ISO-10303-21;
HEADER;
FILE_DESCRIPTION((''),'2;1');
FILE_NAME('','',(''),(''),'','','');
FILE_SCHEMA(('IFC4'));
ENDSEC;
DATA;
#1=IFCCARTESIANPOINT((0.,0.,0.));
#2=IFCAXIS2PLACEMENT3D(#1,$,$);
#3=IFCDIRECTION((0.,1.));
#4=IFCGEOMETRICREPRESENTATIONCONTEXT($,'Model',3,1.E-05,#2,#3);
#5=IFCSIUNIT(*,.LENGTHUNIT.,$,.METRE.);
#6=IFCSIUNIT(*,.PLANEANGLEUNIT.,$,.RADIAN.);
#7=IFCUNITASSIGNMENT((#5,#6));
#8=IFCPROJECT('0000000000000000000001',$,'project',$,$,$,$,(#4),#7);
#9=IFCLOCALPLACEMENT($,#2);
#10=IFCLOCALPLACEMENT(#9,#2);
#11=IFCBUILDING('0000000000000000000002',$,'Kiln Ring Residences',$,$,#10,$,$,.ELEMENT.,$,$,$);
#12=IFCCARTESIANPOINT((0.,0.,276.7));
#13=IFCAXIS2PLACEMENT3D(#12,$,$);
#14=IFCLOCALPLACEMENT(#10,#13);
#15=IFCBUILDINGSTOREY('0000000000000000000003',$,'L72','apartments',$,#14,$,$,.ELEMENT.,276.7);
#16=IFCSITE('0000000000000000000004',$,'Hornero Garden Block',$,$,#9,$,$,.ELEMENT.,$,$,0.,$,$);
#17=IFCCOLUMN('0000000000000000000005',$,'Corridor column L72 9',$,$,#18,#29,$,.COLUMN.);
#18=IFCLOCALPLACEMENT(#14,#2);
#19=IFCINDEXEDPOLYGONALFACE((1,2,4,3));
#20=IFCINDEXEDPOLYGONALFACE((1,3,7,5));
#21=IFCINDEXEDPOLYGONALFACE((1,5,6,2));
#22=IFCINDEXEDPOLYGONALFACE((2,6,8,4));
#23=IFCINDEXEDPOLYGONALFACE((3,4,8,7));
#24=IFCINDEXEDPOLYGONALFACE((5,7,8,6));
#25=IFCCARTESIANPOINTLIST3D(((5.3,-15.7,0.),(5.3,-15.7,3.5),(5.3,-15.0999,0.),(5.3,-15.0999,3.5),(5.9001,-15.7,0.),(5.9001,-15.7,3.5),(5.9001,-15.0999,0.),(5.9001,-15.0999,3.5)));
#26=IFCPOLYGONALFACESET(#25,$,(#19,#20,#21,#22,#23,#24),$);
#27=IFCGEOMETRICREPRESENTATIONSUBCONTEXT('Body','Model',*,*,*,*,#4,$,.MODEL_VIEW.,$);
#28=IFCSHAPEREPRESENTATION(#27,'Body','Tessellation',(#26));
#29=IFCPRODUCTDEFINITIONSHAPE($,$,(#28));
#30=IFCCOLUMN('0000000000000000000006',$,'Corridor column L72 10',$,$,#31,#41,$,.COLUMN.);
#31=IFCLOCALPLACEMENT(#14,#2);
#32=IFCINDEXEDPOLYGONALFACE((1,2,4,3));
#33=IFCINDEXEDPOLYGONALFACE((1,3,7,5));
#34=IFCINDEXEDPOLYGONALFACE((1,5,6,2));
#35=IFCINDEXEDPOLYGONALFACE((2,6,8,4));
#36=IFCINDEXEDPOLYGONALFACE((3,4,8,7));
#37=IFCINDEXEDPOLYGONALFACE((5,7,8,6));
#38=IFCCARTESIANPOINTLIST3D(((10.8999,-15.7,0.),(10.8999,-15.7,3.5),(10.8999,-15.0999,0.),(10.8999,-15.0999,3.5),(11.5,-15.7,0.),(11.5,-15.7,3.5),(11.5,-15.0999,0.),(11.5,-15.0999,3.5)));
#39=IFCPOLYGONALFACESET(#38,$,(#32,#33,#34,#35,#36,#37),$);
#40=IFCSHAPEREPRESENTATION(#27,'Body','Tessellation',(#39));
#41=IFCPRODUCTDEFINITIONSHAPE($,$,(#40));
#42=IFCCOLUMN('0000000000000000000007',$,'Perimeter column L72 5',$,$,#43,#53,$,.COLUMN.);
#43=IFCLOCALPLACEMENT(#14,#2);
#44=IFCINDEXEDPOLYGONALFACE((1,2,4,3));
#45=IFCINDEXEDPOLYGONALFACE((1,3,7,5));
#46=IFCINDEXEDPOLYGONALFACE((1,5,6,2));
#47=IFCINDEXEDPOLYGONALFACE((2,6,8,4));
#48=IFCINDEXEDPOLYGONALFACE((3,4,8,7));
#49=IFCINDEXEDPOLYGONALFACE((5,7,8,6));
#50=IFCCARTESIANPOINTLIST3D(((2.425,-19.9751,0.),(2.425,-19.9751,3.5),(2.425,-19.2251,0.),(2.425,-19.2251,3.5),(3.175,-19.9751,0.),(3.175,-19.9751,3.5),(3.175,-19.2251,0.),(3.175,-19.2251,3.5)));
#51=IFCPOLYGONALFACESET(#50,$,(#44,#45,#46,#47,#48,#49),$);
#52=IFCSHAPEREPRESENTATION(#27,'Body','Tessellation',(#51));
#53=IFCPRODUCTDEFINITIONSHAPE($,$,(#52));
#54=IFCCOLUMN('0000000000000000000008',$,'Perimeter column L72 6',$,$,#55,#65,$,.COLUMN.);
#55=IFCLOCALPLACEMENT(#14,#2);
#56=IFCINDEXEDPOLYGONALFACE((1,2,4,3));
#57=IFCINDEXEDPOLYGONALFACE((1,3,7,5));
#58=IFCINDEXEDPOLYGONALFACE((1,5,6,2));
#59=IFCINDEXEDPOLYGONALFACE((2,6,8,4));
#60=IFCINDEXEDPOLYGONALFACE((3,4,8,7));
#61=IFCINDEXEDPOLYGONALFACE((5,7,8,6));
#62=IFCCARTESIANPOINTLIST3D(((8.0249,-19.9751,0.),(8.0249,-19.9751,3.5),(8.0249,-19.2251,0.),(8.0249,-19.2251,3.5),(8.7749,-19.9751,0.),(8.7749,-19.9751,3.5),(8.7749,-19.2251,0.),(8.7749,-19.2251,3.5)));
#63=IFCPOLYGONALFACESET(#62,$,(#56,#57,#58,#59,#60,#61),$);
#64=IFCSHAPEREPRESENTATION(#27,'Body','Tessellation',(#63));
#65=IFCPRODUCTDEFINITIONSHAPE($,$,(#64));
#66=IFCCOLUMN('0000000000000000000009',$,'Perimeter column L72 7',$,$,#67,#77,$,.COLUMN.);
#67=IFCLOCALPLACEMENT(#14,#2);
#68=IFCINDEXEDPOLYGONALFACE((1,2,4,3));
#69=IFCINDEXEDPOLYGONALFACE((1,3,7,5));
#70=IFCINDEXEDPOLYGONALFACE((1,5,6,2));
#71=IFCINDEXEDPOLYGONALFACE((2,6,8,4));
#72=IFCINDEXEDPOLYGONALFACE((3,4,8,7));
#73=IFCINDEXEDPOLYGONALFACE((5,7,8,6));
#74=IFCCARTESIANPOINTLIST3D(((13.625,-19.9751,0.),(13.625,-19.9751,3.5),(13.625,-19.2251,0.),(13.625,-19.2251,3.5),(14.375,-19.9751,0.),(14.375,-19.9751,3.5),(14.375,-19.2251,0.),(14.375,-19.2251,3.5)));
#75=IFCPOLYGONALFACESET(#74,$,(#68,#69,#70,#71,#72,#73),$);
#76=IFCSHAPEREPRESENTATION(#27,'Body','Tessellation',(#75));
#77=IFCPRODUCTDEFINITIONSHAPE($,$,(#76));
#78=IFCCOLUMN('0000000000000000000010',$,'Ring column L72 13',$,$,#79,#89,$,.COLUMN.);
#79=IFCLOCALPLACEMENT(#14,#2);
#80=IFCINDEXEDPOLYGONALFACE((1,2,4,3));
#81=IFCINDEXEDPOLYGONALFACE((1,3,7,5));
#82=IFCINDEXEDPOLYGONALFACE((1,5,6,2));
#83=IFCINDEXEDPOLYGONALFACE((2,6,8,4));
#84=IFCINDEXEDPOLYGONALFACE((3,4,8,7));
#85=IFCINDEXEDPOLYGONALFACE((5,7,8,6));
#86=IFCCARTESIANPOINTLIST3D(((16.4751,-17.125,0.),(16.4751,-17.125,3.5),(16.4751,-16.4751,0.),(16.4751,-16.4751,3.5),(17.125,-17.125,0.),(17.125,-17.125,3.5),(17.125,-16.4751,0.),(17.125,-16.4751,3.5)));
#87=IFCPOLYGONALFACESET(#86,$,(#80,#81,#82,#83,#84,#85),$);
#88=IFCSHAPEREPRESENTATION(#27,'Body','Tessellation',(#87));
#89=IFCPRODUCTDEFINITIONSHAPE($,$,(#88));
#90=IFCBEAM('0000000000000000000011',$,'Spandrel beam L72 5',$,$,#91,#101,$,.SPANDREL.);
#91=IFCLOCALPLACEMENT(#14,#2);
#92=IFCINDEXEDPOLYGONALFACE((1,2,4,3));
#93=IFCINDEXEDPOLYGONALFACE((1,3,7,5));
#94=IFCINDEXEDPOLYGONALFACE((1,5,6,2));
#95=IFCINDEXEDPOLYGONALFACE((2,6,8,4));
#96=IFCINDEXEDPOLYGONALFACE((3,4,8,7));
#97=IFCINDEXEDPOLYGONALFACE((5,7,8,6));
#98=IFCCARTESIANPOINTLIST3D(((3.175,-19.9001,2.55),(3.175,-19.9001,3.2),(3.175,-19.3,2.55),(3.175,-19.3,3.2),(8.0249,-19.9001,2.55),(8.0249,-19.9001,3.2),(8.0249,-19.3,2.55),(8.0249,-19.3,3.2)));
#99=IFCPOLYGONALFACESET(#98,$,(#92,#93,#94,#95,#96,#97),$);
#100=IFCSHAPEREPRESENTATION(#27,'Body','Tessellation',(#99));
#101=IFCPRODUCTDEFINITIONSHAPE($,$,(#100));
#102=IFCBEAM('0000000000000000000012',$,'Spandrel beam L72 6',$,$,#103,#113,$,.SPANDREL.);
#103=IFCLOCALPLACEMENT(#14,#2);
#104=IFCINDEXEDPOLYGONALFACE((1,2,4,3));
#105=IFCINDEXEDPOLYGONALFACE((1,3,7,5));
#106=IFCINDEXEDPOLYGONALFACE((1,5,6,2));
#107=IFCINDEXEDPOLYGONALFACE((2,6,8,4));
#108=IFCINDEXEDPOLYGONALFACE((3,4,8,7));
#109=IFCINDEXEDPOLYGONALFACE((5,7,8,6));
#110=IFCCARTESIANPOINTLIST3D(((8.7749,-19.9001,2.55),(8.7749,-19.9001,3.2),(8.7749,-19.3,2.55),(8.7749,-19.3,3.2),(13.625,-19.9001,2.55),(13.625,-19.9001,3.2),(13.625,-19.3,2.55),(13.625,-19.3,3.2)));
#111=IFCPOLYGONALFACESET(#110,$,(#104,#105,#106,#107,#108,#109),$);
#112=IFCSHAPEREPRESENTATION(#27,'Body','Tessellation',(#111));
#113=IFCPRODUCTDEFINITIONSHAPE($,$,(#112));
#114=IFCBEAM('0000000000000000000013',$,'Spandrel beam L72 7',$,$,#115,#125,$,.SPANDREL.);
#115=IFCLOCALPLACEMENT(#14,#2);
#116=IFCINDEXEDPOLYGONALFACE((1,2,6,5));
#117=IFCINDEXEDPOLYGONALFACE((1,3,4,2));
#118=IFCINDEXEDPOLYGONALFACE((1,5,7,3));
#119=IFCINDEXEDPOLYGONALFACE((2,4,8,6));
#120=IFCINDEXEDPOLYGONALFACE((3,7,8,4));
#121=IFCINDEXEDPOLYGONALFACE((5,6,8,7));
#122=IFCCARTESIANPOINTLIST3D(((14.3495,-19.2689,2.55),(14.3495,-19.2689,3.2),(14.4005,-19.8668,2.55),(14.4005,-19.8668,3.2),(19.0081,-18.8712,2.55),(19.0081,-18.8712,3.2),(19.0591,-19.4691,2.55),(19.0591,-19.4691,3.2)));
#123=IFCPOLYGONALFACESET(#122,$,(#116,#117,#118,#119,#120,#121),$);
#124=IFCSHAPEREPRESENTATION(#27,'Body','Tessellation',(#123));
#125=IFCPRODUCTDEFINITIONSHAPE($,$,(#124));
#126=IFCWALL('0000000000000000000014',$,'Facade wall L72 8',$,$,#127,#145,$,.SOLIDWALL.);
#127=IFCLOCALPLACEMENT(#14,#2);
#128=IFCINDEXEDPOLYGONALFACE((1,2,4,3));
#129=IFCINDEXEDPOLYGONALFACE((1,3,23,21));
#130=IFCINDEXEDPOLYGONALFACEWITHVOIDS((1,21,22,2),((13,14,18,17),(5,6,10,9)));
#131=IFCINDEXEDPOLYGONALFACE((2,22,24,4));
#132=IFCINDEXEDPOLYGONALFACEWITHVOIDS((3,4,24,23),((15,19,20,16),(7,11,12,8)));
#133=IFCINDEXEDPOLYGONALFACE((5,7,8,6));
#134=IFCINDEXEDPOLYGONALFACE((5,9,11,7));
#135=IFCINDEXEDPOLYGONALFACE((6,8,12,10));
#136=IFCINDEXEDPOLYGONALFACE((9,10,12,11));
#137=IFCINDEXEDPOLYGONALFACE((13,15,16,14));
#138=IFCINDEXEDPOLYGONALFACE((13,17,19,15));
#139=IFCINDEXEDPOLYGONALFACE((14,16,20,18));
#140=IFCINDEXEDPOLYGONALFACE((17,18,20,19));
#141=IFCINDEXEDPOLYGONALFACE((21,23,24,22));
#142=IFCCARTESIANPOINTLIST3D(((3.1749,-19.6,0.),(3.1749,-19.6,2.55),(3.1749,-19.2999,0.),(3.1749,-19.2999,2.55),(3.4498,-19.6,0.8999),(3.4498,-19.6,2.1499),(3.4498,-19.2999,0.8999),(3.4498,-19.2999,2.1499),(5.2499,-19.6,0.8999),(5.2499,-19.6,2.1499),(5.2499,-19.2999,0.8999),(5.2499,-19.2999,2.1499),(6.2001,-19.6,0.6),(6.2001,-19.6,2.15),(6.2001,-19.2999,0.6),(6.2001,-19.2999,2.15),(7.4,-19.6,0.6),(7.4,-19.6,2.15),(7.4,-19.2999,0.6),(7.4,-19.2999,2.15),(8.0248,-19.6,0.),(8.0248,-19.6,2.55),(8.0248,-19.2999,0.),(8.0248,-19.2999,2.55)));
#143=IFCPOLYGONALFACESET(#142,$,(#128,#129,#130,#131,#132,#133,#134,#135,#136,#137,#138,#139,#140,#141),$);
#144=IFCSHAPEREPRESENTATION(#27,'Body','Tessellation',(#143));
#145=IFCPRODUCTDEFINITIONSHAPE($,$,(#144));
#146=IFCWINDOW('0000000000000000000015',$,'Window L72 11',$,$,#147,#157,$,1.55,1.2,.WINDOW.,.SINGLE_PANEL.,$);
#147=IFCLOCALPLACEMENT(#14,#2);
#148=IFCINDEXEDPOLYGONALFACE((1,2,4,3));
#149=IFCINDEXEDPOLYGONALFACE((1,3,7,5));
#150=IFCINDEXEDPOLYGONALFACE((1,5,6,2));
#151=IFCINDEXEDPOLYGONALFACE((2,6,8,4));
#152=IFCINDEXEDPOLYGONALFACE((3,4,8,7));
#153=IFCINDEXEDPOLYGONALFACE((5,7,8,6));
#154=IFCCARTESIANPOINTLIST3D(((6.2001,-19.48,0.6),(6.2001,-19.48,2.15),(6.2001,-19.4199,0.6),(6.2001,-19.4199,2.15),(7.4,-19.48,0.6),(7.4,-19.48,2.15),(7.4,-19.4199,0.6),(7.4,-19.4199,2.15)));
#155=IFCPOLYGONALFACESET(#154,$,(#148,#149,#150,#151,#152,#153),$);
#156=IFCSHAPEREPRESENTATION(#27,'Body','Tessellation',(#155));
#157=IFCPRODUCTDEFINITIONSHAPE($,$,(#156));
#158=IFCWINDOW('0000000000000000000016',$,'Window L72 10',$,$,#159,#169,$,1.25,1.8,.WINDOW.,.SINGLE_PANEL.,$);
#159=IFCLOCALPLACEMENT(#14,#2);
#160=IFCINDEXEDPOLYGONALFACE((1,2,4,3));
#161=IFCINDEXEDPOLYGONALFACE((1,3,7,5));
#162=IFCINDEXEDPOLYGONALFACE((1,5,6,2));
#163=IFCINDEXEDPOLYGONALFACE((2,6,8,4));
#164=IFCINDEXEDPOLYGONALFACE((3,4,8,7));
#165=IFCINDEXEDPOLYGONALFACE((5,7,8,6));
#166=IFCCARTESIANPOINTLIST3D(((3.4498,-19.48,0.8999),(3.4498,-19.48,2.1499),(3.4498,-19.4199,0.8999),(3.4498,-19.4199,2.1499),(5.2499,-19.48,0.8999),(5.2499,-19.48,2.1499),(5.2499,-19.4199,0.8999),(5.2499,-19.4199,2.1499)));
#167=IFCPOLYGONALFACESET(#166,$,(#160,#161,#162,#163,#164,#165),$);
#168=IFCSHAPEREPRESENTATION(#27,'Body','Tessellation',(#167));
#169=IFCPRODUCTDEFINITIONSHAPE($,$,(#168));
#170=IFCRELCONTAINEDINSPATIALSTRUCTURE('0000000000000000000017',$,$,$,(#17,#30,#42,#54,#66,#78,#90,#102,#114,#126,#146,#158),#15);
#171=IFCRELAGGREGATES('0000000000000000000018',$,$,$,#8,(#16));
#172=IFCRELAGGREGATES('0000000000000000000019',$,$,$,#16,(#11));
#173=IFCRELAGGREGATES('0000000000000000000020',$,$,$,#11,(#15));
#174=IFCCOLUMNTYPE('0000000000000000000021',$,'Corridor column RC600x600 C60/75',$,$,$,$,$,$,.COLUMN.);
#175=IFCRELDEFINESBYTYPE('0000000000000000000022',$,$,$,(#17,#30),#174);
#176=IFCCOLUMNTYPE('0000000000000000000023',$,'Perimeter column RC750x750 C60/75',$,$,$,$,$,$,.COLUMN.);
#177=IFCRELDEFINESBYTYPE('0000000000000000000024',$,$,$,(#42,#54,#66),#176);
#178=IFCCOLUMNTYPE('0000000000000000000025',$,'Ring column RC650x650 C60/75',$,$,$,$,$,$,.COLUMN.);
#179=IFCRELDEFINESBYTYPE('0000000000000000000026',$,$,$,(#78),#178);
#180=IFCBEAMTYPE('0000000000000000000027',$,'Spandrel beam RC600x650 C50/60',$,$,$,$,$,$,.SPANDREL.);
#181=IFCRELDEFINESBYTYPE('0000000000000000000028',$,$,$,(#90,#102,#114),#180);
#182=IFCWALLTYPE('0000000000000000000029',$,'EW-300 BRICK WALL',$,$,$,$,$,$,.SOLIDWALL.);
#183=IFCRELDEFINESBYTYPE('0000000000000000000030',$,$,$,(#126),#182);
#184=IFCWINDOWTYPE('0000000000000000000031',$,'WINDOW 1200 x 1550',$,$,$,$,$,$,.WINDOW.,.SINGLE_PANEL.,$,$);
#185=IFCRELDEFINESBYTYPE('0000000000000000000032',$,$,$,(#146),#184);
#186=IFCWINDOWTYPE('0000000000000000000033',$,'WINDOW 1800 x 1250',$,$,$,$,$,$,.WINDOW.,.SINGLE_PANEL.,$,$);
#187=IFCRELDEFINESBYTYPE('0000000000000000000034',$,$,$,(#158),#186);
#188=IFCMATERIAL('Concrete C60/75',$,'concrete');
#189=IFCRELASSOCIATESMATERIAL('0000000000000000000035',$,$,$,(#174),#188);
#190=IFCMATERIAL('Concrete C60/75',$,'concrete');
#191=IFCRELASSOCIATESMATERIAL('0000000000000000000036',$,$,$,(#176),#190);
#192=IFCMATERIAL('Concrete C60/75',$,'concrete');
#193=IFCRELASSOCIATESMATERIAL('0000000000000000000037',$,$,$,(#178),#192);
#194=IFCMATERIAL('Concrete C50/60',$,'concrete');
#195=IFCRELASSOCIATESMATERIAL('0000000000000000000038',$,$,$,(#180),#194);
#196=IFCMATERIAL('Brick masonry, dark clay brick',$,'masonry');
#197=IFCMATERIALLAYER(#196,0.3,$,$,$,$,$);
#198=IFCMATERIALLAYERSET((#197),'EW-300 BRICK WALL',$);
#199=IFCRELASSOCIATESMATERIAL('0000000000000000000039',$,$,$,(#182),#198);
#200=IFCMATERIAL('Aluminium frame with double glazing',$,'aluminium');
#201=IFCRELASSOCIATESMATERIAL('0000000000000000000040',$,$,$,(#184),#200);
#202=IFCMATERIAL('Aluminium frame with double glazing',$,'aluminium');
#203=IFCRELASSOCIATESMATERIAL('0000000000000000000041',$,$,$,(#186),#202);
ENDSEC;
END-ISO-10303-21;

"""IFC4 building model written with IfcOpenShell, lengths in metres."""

from ifc_helpers import new_model, si_unit, direction, frame, frame_2d, origin, origin_2d, place, context, subcontext, project, spatial, rectangle, extrude, material, layer, layer_set, material_profile, profile_set, type_object, element, fill, save


model = new_model("IFC4")

# Units and contexts
model_context = context("Model", 3, precision=1e-05, world=origin(), true_north=direction((0.0, 1.0)))
body_context = subcontext(model_context, "Body", "Model", "MODEL_VIEW")
ifc_project = project(units=[si_unit("LENGTHUNIT", "METRE"), si_unit("PLANEANGLEUNIT", "RADIAN")], contexts=[model_context])

# Site, building, storey
site_placement = place(None, origin())
site = spatial("IfcSite", under=ifc_project, at=site_placement, Name="Hornero Garden Block", CompositionType="ELEMENT", RefElevation=0.0)
building_placement = place(site_placement, origin())
building = spatial("IfcBuilding", under=site, at=building_placement, Name="Kiln Ring Residences", CompositionType="ELEMENT")
storey_placement = place(building_placement, frame((0.0, 0.0, 276.7)))
storey = spatial("IfcBuildingStorey", under=building, at=storey_placement, Name="L72", Description="apartments", CompositionType="ELEMENT", Elevation=276.7)

# Columns
ifc_material_1 = material(Name="Concrete C60/75", Category="concrete")
ifc_material_profile_1 = material_profile(ifc_material_1, rectangle(XDim=0.6001, YDim=0.6001, at=origin_2d()), Name="RC600x600")
ifc_profile_set_1 = profile_set([ifc_material_profile_1], Name="Concrete C60/75")
column_type_1 = type_object("IfcColumnType", Name="Corridor column RC600x600 C60/75", PredefinedType="COLUMN", material=ifc_profile_set_1)
for number, where, z_axis, x_axis, name in (
    (1, (5.6001, -15.3999, 0.0), (0.0, 0.0, 1.0), (1.0, 0.0, 0.0), "Corridor column L72 9"),
    (2, (11.2, -15.3999, 0.0), (0.0, 0.0, 1.0), (1.0, 0.0, 0.0), "Corridor column L72 10"),
):
    element("IfcColumn", number, at=place(storey_placement, frame(where, z_axis=z_axis, x_axis=x_axis)), inside=storey, type_object=column_type_1, Name=name, PredefinedType="COLUMN", context=body_context, shape_type="SweptSolid", body=[
        extrude(rectangle(XDim=0.6001, YDim=0.6001, at=origin_2d()), origin(), (0.0, 0.0, 1.0), 3.5),
    ])
ifc_material_2 = material(Name="Concrete C60/75", Category="concrete")
ifc_material_profile_2 = material_profile(ifc_material_2, rectangle(XDim=0.75, YDim=0.75, at=origin_2d()), Name="RC750x750")
ifc_profile_set_2 = profile_set([ifc_material_profile_2], Name="Concrete C60/75")
column_type_2 = type_object("IfcColumnType", Name="Perimeter column RC750x750 C60/75", PredefinedType="COLUMN", material=ifc_profile_set_2)
for number, where, z_axis, x_axis, name in (
    (3, (2.8, -19.6001, 0.0), (0.0, 0.0, 1.0), (1.0, 0.0, 0.0), "Perimeter column L72 5"),
    (4, (8.3999, -19.6001, 0.0), (0.0, 0.0, 1.0), (1.0, 0.0, 0.0), "Perimeter column L72 6"),
    (5, (14.0, -19.6001, 0.0), (0.0, 0.0, 1.0), (1.0, 0.0, 0.0), "Perimeter column L72 7"),
):
    element("IfcColumn", number, at=place(storey_placement, frame(where, z_axis=z_axis, x_axis=x_axis)), inside=storey, type_object=column_type_2, Name=name, PredefinedType="COLUMN", context=body_context, shape_type="SweptSolid", body=[
        extrude(rectangle(XDim=0.75, YDim=0.75, at=origin_2d()), origin(), (0.0, 0.0, 1.0), 3.5),
    ])
ifc_material_3 = material(Name="Concrete C60/75", Category="concrete")
ifc_material_profile_3 = material_profile(ifc_material_3, rectangle(XDim=0.6499, YDim=0.6499, at=origin_2d()), Name="RC650x650")
ifc_profile_set_3 = profile_set([ifc_material_profile_3], Name="Concrete C60/75")
column_type_3 = type_object("IfcColumnType", Name="Ring column RC650x650 C60/75", PredefinedType="COLUMN", material=ifc_profile_set_3)
column_placement = place(storey_placement, frame((16.8, -16.8, 0.0), z_axis=(0.0, 0.0, 1.0), x_axis=(1.0, 0.0, 0.0)))
element("IfcColumn", 6, at=column_placement, inside=storey, type_object=column_type_3, Name="Ring column L72 13", PredefinedType="COLUMN", context=body_context, shape_type="SweptSolid", body=[
    extrude(rectangle(XDim=0.6499, YDim=0.6499, at=origin_2d()), origin(), (0.0, 0.0, 1.0), 3.5),
])

# Beams
ifc_material_4 = material(Name="Concrete C50/60", Category="concrete")
ifc_material_profile_4 = material_profile(ifc_material_4, rectangle(XDim=0.6001, YDim=0.6499, at=origin_2d()), Name="RC600x650")
ifc_profile_set_4 = profile_set([ifc_material_profile_4], Name="Concrete C50/60")
beam_type = type_object("IfcBeamType", Name="Spandrel beam RC600x650 C50/60", PredefinedType="SPANDREL", material=ifc_profile_set_4)
beam_1_placement = place(storey_placement, frame((3.175, -19.6001, 2.875), z_axis=(1.0, 0.0, 0.0), x_axis=(0.0, 1.0, 0.0)))
element("IfcBeam", 7, at=beam_1_placement, inside=storey, type_object=beam_type, Name="Spandrel beam L72 5", PredefinedType="SPANDREL", context=body_context, shape_type="SweptSolid", body=[
    extrude(rectangle(XDim=0.6001, YDim=0.6499, at=origin_2d()), origin(), (0.0, 0.0, 1.0), 4.8499),
])
beam_2_placement = place(storey_placement, frame((8.7749, -19.6001, 2.875), z_axis=(1.0, 0.0, 0.0), x_axis=(0.0, 1.0, 0.0)))
element("IfcBeam", 8, at=beam_2_placement, inside=storey, type_object=beam_type, Name="Spandrel beam L72 6", PredefinedType="SPANDREL", context=body_context, shape_type="SweptSolid", body=[
    extrude(rectangle(XDim=0.6001, YDim=0.6499, at=origin_2d()), origin(), (0.0, 0.0, 1.0), 4.8501),
])
beam_3_placement = place(storey_placement, frame((14.375, -19.5679, 2.875), z_axis=(0.996376, 0.085059, 0.0), x_axis=(-0.085059, 0.996376, 0.0)))
element("IfcBeam", 9, at=beam_3_placement, inside=storey, type_object=beam_type, Name="Spandrel beam L72 7", PredefinedType="SPANDREL", context=body_context, shape_type="SweptSolid", body=[
    extrude(rectangle(XDim=0.6001, YDim=0.6499, at=origin_2d()), origin(), (0.0, 0.0, 1.0), 4.6755),
])

# Wall, openings, windows
ifc_material_5 = material(Name="Brick masonry, dark clay brick", Category="masonry")
ifc_layer_1 = layer(ifc_material_5, 0.3)
ifc_layer_set_1 = layer_set([ifc_layer_1], Name="EW-300 BRICK WALL")
wall_type_1 = type_object("IfcWallType", Name="EW-300 BRICK WALL", PredefinedType="SOLIDWALL", material=ifc_layer_set_1)
wall_1_placement = place(storey_placement, frame((3.175, -19.45, 0.0), z_axis=(0.0, 0.0, 1.0), x_axis=(1.0, 0.0, 0.0)))
wall_1 = element("IfcWall", 10, at=wall_1_placement, inside=storey, type_object=wall_type_1, Name="Facade wall L72 8", PredefinedType="SOLIDWALL", context=body_context, shape_type="SweptSolid", body=[
    extrude(rectangle(XDim=4.8499, YDim=0.3, at=frame_2d((2.4248, 0.0))), origin(), (0.0, 0.0, 1.0), 2.55),
])
opening_1_placement = place(wall_1_placement, frame((0.2749, 0.0, 0.8999)))
opening_1 = element("IfcOpeningElement", 11, at=opening_1_placement, cuts=wall_1, PredefinedType="OPENING", context=body_context, shape_type="SweptSolid", body=[
    extrude(rectangle(XDim=1.8, YDim=1.25, at=frame_2d((0.8999, 0.625))), frame((0.0, 0.1599, 0.0), z_axis=(0.0, -1.0, 0.0), x_axis=(1.0, 0.0, 0.0)), (0.0, 0.0, 1.0), 0.3201),
])
opening_2_placement = place(wall_1_placement, frame((3.0249, 0.0, 0.6001)))
opening_2 = element("IfcOpeningElement", 12, at=opening_2_placement, cuts=wall_1, PredefinedType="OPENING", context=body_context, shape_type="SweptSolid", body=[
    extrude(rectangle(XDim=1.2, YDim=1.55, at=frame_2d((0.6001, 0.7749))), frame((0.0, 0.1599, 0.0), z_axis=(0.0, -1.0, 0.0), x_axis=(1.0, 0.0, 0.0)), (0.0, 0.0, 1.0), 0.3201),
])
ifc_material_6 = material(Name="Aluminium frame with double glazing", Category="aluminium")
window_type_1 = type_object("IfcWindowType", Name="WINDOW 1200 x 1550", PartitioningType="SINGLE_PANEL", PredefinedType="WINDOW", material=ifc_material_6)
window_1_placement = place(opening_2_placement, origin())
window_1 = element("IfcWindow", 13, at=window_1_placement, inside=storey, type_object=window_type_1, Name="Window L72 11", OverallHeight=1.55, OverallWidth=1.2, PartitioningType="SINGLE_PANEL", PredefinedType="WINDOW", context=body_context, shape_type="SweptSolid", body=[
    extrude(rectangle(XDim=1.2, YDim=1.55, at=frame_2d((0.6001, 0.7749))), frame((0.0, 0.03, 0.0), z_axis=(0.0, -1.0, 0.0), x_axis=(1.0, 0.0, 0.0)), (0.0, 0.0, 1.0), 0.0601),
])
fill(opening_2, window_1)
ifc_material_7 = material(Name="Aluminium frame with double glazing", Category="aluminium")
window_type_2 = type_object("IfcWindowType", Name="WINDOW 1800 x 1250", PartitioningType="SINGLE_PANEL", PredefinedType="WINDOW", material=ifc_material_7)
window_2_placement = place(opening_1_placement, origin())
window_2 = element("IfcWindow", 14, at=window_2_placement, inside=storey, type_object=window_type_2, Name="Window L72 10", OverallHeight=1.25, OverallWidth=1.8, PartitioningType="SINGLE_PANEL", PredefinedType="WINDOW", context=body_context, shape_type="SweptSolid", body=[
    extrude(rectangle(XDim=1.8, YDim=1.25, at=frame_2d((0.8999, 0.625))), frame((0.0, 0.03, 0.0), z_axis=(0.0, -1.0, 0.0), x_axis=(1.0, 0.0, 0.0)), (0.0, 0.0, 1.0), 0.0601),
])
fill(opening_1, window_2)

save(model, "model.ifc")
